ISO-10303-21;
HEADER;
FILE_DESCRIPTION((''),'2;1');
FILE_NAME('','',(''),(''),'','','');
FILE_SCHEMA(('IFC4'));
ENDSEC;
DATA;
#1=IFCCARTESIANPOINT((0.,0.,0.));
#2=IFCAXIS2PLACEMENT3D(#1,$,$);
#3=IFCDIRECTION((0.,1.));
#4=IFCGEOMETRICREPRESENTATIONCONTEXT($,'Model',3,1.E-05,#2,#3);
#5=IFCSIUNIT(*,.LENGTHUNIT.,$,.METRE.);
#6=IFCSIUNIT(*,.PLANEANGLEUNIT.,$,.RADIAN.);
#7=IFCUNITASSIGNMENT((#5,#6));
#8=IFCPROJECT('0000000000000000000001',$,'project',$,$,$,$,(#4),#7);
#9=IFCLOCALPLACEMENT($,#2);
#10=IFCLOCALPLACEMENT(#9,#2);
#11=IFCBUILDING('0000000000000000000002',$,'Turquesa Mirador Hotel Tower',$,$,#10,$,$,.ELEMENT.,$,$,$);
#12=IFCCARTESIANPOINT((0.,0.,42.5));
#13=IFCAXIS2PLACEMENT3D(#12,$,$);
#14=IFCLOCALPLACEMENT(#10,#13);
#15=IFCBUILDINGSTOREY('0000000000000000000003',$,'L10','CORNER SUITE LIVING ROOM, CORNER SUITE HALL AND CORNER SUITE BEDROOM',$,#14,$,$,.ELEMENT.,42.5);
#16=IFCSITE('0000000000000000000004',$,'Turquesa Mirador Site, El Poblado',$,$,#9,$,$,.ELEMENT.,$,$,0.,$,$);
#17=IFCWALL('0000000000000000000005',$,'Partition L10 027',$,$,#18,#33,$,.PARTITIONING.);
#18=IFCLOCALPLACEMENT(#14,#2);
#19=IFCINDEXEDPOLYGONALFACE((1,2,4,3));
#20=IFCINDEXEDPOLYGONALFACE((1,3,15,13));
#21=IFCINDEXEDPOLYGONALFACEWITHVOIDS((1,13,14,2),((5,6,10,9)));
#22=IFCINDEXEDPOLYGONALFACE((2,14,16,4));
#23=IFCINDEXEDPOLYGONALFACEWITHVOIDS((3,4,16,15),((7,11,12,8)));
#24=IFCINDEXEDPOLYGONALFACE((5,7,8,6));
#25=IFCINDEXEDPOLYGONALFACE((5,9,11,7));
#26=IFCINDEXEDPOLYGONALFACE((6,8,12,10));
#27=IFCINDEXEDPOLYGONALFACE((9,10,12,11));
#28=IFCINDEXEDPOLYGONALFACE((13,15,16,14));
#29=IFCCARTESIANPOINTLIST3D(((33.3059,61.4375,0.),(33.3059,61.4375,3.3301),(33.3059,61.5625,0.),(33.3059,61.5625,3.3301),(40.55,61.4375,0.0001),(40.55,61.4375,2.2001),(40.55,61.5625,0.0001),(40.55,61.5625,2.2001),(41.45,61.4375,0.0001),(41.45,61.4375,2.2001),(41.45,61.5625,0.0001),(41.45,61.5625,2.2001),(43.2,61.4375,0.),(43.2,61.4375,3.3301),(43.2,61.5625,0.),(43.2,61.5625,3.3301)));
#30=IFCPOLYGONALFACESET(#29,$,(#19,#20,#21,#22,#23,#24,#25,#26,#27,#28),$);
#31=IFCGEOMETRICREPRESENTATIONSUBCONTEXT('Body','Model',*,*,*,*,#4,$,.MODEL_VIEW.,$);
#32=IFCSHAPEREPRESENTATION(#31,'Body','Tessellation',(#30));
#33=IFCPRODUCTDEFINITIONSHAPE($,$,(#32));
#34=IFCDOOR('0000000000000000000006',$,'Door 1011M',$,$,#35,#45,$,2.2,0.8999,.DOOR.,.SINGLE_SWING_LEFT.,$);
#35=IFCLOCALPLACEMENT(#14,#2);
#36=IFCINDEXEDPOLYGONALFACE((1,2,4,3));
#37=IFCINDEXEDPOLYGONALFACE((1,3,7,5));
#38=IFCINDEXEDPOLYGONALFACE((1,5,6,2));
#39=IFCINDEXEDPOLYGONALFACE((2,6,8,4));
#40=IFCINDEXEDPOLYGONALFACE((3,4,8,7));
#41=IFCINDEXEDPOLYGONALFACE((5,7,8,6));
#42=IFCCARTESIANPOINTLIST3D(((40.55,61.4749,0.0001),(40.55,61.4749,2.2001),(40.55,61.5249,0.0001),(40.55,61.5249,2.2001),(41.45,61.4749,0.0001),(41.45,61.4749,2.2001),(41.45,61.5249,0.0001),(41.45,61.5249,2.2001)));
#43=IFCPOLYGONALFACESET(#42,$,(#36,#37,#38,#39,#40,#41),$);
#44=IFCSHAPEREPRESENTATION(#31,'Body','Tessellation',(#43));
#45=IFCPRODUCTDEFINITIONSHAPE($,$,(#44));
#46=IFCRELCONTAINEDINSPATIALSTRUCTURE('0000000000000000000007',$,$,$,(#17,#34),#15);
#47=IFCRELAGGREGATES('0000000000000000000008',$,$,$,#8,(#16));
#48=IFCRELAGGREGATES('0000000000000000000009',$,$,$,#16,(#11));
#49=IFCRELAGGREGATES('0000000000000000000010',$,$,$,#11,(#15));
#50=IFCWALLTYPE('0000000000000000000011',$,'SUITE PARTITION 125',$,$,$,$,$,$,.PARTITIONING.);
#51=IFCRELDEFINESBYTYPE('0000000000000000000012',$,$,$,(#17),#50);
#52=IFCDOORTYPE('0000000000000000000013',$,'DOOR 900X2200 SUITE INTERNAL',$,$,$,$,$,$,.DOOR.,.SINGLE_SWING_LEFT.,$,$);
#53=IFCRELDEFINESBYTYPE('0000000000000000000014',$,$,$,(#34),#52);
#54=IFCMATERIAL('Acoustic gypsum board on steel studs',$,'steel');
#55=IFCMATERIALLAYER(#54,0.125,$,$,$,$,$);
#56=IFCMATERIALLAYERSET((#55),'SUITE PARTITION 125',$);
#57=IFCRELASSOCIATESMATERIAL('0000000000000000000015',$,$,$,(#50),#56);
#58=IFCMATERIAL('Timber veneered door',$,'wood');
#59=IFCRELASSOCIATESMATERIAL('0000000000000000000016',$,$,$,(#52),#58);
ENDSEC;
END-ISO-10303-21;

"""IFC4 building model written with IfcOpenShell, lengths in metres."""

from ifc_helpers import new_model, si_unit, direction, frame, frame_2d, origin, place, context, subcontext, project, spatial, rectangle, extrude, material, layer, layer_set, type_object, element, fill, save


model = new_model("IFC4")

# Units and contexts
model_context = context("Model", 3, precision=1e-05, world=origin(), true_north=direction((0.0, 1.0)))
body_context = subcontext(model_context, "Body", "Model", "MODEL_VIEW")
ifc_project = project(units=[si_unit("LENGTHUNIT", "METRE"), si_unit("PLANEANGLEUNIT", "RADIAN")], contexts=[model_context])

# Site, building, storey
site_placement = place(None, origin())
site = spatial("IfcSite", under=ifc_project, at=site_placement, Name="Turquesa Mirador Site, El Poblado", CompositionType="ELEMENT", RefElevation=0.0)
building_placement = place(site_placement, origin())
building = spatial("IfcBuilding", under=site, at=building_placement, Name="Turquesa Mirador Hotel Tower", CompositionType="ELEMENT")
storey_placement = place(building_placement, frame((0.0, 0.0, 42.5)))
storey = spatial("IfcBuildingStorey", under=building, at=storey_placement, Name="L10", Description="CORNER SUITE LIVING ROOM, CORNER SUITE HALL AND CORNER SUITE BEDROOM", CompositionType="ELEMENT", Elevation=42.5)

# Wall, opening, door
ifc_material_1 = material(Name="Acoustic gypsum board on steel studs", Category="steel")
ifc_layer_1 = layer(ifc_material_1, 0.125)
ifc_layer_set_1 = layer_set([ifc_layer_1], Name="SUITE PARTITION 125")
wall_type_1 = type_object("IfcWallType", Name="SUITE PARTITION 125", PredefinedType="PARTITIONING", material=ifc_layer_set_1)
wall_1_placement = place(storey_placement, frame((33.3059, 61.5, 0.0), z_axis=(0.0, 0.0, 1.0), x_axis=(1.0, 0.0, 0.0)))
wall_1 = element("IfcWall", 1, at=wall_1_placement, inside=storey, type_object=wall_type_1, Name="Partition L10 027", PredefinedType="PARTITIONING", context=body_context, shape_type="SweptSolid", body=[
    extrude(rectangle(XDim=9.894, YDim=0.125, at=frame_2d((4.947, 0.0))), origin(), (0.0, 0.0, 1.0), 3.3301),
])
opening_1_placement = place(wall_1_placement, frame((7.2441, 0.0, 0.0)))
opening_1 = element("IfcOpeningElement", 2, at=opening_1_placement, cuts=wall_1, PredefinedType="OPENING", context=body_context, shape_type="SweptSolid", body=[
    extrude(rectangle(XDim=0.8999, YDim=2.2, at=frame_2d((0.45, 1.1001))), frame((0.0, 0.0725, 0.0), z_axis=(0.0, -1.0, 0.0), x_axis=(1.0, 0.0, 0.0)), (0.0, 0.0, 1.0), 0.145),
])
ifc_material_2 = material(Name="Timber veneered door", Category="wood")
door_type = type_object("IfcDoorType", Name="DOOR 900X2200 SUITE INTERNAL", OperationType="SINGLE_SWING_LEFT", PredefinedType="DOOR", material=ifc_material_2)
door_placement = place(opening_1_placement, origin())
door = element("IfcDoor", 3, at=door_placement, inside=storey, type_object=door_type, Name="Door 1011M", OperationType="SINGLE_SWING_LEFT", OverallHeight=2.2, OverallWidth=0.8999, PredefinedType="DOOR", context=body_context, shape_type="SweptSolid", body=[
    extrude(rectangle(XDim=0.8999, YDim=2.2, at=frame_2d((0.45, 1.1001))), frame((0.0, 0.0249, 0.0), z_axis=(0.0, -1.0, 0.0), x_axis=(1.0, 0.0, 0.0)), (0.0, 0.0, 1.0), 0.05),
])
fill(opening_1, door)

save(model, "model.ifc")
